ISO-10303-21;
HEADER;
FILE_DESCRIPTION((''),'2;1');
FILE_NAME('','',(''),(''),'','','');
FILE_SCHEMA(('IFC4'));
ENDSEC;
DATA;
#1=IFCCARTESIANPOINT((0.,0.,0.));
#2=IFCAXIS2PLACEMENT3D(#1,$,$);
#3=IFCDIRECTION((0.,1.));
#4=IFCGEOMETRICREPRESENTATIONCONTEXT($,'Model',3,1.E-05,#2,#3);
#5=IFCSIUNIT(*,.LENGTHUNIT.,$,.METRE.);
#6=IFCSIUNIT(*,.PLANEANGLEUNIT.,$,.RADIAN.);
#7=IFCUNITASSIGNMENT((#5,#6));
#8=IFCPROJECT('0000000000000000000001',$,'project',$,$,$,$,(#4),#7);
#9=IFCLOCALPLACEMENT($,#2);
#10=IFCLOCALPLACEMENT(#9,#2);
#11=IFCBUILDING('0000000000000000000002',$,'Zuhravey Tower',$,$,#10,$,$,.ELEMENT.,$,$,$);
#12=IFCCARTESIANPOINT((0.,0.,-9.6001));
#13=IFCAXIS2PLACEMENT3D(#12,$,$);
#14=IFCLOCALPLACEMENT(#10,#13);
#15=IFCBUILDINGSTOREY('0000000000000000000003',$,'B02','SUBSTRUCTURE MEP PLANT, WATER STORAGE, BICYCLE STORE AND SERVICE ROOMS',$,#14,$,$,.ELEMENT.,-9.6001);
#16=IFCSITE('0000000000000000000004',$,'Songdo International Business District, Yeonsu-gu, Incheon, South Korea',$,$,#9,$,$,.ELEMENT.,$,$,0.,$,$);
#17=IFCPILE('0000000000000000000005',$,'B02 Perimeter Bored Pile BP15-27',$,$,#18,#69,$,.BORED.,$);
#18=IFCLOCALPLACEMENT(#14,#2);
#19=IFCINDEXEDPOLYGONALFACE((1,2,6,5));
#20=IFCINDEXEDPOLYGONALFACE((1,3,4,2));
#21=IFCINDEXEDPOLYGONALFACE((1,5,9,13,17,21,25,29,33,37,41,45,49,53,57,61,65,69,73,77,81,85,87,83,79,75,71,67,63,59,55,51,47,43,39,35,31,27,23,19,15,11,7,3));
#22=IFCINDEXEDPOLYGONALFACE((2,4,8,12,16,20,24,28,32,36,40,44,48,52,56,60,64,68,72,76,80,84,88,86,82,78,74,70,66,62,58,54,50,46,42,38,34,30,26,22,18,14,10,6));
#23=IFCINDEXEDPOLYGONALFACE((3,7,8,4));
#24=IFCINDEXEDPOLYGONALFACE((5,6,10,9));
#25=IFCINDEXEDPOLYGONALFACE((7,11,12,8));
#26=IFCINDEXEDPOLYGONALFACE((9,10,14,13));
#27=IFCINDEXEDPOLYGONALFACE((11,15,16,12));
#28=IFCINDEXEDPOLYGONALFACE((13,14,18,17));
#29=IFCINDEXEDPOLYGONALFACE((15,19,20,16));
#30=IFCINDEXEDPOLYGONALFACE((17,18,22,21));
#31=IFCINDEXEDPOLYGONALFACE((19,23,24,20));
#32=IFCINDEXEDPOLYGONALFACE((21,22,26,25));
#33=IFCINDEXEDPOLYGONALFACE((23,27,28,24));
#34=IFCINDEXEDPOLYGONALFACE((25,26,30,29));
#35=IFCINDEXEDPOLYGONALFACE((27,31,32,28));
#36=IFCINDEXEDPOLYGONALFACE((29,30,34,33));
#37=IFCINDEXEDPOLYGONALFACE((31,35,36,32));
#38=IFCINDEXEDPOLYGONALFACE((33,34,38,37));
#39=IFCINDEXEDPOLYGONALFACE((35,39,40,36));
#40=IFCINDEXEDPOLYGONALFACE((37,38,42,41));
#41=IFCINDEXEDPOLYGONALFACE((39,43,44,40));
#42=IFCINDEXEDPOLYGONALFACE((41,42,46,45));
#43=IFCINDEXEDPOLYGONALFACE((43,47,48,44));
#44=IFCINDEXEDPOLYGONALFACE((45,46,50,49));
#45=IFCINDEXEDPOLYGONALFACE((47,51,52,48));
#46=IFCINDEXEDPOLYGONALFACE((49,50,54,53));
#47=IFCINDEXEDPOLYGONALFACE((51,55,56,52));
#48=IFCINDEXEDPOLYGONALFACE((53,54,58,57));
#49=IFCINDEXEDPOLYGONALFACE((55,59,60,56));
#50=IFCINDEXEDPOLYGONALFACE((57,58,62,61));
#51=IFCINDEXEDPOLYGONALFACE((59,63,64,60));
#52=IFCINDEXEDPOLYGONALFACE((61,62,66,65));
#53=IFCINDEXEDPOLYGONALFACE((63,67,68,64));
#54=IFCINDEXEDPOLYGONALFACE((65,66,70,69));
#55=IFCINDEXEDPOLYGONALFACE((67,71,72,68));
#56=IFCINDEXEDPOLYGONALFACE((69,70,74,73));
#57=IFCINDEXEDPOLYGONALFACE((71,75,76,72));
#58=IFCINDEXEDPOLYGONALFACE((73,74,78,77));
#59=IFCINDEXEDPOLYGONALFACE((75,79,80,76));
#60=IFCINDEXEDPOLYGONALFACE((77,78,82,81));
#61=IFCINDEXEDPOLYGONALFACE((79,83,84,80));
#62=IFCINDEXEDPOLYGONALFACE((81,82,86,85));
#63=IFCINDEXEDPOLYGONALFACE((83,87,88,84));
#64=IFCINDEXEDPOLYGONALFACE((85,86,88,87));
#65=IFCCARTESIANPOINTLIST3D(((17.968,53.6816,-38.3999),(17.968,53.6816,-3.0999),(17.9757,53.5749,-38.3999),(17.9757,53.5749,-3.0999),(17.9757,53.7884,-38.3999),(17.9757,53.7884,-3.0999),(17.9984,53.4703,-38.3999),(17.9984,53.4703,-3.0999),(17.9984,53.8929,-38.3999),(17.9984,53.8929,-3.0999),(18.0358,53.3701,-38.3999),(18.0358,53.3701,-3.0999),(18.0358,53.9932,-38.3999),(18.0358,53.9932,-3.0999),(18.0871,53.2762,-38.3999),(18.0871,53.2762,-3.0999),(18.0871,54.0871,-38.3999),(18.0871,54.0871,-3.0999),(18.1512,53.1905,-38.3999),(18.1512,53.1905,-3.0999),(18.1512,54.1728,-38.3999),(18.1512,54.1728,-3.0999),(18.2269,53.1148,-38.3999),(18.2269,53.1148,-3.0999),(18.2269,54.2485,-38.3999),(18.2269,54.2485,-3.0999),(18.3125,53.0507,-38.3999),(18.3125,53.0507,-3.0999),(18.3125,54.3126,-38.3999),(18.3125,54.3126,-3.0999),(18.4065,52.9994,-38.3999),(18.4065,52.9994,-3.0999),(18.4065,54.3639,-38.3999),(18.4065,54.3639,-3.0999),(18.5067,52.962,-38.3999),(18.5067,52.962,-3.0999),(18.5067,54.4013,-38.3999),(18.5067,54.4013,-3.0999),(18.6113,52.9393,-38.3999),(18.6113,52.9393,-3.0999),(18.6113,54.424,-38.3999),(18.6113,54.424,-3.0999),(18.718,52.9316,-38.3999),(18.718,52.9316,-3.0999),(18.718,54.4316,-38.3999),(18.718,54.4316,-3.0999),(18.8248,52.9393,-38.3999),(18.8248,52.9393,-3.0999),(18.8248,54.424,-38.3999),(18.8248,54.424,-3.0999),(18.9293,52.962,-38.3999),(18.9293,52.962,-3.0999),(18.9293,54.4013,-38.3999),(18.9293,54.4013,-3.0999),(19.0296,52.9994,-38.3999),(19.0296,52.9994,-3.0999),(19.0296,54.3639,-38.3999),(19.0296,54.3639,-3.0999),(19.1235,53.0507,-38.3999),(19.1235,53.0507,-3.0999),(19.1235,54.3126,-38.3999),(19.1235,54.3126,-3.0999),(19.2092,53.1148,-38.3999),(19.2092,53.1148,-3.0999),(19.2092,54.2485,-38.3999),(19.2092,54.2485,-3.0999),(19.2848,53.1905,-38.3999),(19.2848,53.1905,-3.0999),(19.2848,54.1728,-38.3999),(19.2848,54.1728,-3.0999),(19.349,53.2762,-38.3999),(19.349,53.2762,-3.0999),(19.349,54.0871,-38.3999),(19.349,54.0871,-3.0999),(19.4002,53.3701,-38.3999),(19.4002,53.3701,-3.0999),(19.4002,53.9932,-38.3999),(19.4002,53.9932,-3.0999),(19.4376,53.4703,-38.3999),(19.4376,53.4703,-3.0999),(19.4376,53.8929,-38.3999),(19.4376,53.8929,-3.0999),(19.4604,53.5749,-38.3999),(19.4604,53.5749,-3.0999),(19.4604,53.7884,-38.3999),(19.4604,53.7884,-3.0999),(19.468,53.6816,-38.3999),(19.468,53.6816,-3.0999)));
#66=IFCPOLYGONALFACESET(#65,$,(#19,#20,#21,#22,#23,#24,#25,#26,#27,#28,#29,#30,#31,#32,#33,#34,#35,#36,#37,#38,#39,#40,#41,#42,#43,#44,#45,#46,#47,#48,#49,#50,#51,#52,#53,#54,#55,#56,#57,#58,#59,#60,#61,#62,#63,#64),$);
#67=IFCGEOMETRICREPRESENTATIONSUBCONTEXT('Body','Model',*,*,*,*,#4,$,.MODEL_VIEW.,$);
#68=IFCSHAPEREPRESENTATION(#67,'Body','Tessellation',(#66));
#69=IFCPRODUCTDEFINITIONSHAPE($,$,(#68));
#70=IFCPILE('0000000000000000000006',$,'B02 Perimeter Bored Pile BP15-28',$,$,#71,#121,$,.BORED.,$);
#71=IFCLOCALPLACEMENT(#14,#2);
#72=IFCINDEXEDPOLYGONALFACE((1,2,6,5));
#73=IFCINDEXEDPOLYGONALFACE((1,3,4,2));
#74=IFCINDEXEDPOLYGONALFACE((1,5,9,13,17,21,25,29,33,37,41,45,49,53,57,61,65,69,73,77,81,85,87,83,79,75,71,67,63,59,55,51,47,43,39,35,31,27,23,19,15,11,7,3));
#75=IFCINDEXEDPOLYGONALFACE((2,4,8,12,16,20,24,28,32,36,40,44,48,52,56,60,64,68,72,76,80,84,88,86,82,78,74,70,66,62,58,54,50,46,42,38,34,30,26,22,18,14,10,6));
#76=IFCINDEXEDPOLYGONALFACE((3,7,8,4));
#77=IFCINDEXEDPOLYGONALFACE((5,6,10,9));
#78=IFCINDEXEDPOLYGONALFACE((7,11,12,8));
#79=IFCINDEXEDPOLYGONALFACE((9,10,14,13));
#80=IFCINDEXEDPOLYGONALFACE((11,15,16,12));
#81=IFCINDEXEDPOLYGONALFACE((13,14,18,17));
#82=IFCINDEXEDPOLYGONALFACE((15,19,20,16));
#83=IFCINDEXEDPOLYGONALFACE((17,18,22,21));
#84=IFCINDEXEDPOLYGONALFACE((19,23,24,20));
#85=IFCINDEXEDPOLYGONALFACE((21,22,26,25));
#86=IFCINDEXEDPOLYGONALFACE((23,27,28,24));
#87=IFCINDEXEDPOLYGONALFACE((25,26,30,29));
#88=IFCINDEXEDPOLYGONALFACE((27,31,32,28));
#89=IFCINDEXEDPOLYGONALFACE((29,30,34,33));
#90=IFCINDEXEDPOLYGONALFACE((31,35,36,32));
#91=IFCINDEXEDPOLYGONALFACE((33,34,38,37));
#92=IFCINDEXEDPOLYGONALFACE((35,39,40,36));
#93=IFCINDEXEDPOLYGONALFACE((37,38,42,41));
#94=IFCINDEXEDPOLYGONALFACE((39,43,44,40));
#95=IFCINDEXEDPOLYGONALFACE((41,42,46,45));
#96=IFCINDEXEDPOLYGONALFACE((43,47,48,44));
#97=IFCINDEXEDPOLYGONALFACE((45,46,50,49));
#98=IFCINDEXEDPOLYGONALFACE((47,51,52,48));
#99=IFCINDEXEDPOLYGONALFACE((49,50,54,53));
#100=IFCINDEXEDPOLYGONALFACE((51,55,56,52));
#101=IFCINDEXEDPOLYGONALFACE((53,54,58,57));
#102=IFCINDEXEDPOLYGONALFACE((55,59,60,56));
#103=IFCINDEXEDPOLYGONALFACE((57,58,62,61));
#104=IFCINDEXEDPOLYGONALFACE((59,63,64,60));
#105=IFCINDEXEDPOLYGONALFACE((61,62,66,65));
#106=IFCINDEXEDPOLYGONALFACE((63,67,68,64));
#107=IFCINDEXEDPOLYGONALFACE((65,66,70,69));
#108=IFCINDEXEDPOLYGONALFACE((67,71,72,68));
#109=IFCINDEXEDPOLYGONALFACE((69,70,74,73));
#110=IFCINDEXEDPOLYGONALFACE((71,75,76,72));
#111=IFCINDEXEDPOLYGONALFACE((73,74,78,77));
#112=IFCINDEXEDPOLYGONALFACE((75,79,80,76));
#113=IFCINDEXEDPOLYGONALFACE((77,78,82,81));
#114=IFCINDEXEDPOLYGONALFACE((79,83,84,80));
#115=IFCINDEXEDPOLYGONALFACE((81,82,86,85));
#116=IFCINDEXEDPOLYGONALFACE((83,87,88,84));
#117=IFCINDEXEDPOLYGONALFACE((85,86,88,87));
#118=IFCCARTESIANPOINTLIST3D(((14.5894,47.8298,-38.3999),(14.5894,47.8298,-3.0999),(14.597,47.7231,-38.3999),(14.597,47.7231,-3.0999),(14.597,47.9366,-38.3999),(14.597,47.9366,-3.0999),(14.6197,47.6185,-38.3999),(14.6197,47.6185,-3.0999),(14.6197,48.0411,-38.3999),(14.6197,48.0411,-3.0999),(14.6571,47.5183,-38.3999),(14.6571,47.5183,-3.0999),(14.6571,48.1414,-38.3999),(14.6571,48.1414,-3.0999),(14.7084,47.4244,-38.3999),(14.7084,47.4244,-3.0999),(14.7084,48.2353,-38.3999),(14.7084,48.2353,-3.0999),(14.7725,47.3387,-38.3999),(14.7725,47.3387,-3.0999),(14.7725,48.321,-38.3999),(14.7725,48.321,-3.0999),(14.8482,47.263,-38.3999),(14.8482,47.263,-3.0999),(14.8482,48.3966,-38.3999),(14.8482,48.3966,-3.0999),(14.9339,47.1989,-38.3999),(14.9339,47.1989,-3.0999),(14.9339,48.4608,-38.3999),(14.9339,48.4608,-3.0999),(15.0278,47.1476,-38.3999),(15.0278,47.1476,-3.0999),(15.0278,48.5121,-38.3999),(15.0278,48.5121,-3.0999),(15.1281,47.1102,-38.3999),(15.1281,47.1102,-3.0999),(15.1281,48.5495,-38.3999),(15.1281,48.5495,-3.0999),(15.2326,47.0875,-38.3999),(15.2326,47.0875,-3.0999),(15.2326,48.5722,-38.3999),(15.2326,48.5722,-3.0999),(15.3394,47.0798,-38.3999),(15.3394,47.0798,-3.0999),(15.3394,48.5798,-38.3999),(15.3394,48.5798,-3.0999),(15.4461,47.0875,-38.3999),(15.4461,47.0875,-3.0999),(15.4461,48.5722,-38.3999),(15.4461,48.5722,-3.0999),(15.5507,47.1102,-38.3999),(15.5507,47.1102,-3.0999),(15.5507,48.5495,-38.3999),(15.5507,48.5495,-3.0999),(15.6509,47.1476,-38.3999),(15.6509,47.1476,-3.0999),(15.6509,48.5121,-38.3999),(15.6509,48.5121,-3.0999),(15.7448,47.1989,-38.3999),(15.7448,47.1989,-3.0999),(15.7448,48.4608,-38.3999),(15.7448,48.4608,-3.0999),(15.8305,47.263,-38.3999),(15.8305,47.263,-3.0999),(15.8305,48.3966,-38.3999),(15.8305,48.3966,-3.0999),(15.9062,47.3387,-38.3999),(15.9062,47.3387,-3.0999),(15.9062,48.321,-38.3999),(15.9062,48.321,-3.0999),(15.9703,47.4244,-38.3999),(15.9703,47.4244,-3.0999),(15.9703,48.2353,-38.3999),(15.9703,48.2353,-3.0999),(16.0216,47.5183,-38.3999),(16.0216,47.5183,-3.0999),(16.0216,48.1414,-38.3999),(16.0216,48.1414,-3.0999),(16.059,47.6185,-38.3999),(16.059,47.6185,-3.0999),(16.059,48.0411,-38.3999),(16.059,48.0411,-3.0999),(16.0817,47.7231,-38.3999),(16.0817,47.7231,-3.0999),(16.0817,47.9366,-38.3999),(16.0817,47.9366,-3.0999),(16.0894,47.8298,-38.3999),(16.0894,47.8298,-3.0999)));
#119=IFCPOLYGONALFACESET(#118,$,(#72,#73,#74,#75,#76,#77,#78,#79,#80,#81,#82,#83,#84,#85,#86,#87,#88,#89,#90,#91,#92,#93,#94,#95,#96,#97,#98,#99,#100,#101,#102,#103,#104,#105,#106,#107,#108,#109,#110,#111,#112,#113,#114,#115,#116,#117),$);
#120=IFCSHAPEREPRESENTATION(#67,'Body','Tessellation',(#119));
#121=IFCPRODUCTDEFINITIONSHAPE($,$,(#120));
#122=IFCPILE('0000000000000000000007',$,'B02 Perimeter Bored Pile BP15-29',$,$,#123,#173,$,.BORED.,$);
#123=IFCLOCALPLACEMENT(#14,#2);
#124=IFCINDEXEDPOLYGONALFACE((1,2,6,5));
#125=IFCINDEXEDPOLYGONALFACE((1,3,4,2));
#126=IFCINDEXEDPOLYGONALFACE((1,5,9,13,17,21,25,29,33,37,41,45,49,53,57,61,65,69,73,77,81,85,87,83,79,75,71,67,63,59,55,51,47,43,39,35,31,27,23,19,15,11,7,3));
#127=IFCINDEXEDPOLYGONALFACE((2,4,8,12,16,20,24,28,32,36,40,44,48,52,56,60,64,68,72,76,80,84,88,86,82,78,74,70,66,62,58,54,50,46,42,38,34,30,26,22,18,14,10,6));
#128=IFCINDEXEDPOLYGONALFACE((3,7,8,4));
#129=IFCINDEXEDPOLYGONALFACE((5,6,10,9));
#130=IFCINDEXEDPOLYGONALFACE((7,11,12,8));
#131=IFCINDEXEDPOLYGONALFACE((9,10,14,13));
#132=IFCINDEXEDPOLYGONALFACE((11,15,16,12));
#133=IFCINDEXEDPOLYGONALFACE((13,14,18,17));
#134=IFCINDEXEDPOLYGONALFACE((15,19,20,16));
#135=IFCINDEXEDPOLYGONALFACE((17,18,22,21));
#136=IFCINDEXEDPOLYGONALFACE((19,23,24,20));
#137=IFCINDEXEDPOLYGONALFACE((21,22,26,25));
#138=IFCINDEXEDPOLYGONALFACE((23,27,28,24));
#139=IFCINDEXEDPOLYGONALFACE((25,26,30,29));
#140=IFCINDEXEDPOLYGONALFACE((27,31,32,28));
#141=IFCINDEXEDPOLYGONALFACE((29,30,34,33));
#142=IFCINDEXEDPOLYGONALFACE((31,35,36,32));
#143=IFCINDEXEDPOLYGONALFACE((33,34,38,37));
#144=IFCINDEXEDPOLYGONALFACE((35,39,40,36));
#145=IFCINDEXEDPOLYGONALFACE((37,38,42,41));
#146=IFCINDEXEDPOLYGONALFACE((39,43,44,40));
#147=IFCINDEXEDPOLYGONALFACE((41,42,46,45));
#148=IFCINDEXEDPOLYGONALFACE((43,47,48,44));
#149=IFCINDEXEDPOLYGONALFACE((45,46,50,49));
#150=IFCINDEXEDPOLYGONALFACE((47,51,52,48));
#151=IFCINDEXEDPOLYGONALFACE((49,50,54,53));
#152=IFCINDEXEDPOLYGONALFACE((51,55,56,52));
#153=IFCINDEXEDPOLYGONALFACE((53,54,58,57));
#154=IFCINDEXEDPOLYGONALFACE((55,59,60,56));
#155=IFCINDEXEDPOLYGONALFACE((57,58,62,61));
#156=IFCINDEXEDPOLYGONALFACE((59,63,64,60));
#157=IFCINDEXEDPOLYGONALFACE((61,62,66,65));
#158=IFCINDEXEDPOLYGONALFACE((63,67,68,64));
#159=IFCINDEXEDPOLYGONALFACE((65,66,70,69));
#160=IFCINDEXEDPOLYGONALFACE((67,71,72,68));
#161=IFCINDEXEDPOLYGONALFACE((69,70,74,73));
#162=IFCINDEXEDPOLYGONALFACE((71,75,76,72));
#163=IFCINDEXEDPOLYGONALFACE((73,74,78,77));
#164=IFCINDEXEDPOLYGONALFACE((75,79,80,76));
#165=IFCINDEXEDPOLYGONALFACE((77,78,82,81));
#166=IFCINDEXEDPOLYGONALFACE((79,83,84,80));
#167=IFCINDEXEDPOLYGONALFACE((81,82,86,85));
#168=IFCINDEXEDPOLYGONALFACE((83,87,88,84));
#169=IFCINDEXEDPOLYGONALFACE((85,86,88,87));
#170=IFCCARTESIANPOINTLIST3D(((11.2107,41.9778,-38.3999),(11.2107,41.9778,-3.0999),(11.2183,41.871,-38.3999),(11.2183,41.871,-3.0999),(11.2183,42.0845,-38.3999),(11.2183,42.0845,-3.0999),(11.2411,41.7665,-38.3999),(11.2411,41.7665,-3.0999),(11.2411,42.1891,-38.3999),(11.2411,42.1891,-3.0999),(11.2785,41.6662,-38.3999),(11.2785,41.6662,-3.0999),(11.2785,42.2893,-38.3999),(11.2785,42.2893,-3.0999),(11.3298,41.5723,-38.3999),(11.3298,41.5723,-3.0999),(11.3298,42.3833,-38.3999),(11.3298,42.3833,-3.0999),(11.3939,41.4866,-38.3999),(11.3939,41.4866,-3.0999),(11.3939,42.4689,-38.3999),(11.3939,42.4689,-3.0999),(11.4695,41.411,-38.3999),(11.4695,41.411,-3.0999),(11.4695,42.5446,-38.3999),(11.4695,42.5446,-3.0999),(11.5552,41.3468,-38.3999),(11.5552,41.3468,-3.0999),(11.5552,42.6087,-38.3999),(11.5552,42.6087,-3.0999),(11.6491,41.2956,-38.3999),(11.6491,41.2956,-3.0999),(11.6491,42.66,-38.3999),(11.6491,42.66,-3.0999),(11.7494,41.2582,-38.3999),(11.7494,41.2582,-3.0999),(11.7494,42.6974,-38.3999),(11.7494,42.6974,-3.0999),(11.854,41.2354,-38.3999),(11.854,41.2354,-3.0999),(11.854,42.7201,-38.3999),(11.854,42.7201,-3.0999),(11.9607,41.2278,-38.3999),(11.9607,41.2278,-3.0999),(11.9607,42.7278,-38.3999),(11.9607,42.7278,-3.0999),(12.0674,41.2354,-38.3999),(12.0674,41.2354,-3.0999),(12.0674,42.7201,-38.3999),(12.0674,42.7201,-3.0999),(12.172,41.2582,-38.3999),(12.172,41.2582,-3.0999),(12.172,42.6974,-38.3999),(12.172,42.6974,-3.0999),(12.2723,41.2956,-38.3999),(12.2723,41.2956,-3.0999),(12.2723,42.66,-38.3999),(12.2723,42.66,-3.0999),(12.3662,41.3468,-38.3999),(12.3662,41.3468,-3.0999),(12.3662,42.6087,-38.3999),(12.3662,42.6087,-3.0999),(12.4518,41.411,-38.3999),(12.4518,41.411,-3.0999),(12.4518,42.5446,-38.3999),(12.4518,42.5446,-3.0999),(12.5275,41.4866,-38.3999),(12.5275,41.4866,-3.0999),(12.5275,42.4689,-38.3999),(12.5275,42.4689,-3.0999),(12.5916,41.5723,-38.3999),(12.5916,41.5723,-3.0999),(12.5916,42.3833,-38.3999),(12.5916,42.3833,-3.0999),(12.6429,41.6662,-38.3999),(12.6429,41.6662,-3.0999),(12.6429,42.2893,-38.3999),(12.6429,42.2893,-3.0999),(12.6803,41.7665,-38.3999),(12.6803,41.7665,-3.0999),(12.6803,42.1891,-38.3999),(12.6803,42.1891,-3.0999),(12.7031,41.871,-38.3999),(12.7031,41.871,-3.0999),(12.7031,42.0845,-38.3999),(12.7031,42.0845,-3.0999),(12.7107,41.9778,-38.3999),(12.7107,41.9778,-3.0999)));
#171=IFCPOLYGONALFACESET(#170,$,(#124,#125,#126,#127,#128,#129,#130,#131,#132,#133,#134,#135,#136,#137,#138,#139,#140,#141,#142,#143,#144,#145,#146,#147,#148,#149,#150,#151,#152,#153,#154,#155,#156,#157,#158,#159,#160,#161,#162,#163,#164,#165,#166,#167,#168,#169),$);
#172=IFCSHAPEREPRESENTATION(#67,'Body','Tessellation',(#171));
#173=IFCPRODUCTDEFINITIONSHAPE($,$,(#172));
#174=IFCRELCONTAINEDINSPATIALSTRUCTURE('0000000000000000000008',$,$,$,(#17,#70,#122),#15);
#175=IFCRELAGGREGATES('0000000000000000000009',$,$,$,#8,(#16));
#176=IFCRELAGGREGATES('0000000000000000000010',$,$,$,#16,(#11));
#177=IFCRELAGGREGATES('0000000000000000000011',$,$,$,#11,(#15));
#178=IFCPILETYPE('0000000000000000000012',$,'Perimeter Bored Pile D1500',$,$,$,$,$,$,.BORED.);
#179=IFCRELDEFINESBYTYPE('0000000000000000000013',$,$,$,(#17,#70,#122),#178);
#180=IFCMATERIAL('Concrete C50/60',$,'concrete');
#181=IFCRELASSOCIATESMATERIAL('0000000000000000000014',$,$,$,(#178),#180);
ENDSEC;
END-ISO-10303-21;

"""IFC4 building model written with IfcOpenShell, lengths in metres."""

from ifc_helpers import new_model, si_unit, direction, frame, origin, origin_2d, place, context, subcontext, project, spatial, circle, extrude, material, material_profile, profile_set, type_object, element, save


model = new_model("IFC4")

# Units and contexts
model_context = context("Model", 3, precision=1e-05, world=origin(), true_north=direction((0.0, 1.0)))
body_context = subcontext(model_context, "Body", "Model", "MODEL_VIEW")
ifc_project = project(units=[si_unit("LENGTHUNIT", "METRE"), si_unit("PLANEANGLEUNIT", "RADIAN")], contexts=[model_context])

# Site, building, storey
site_placement = place(None, origin())
site = spatial("IfcSite", under=ifc_project, at=site_placement, Name="Songdo International Business District, Yeonsu-gu, Incheon, South Korea", CompositionType="ELEMENT", RefElevation=0.0)
building_placement = place(site_placement, origin())
building = spatial("IfcBuilding", under=site, at=building_placement, Name="Zuhravey Tower", CompositionType="ELEMENT")
storey_placement = place(building_placement, frame((0.0, 0.0, -9.6001)))
storey = spatial("IfcBuildingStorey", under=building, at=storey_placement, Name="B02", Description="SUBSTRUCTURE MEP PLANT, WATER STORAGE, BICYCLE STORE AND SERVICE ROOMS", CompositionType="ELEMENT", Elevation=-9.6001)

# Piles
ifc_material_1 = material(Name="Concrete C50/60", Category="concrete")
ifc_material_profile_1 = material_profile(ifc_material_1, circle(Radius=0.75, at=origin_2d()), Name="PILE-D1500")
ifc_profile_set_1 = profile_set([ifc_material_profile_1], Name="Concrete C50/60")
pile_type_1 = type_object("IfcPileType", Name="Perimeter Bored Pile D1500", PredefinedType="BORED", material=ifc_profile_set_1)
for number, where, z_axis, x_axis, name in (
    (1, (18.718, 53.6816, -3.0999), (0.0, 0.0, -1.0), (1.0, 0.0, 0.0), "B02 Perimeter Bored Pile BP15-27"),
    (2, (15.3394, 47.8298, -3.0999), (0.0, 0.0, -1.0), (1.0, 0.0, 0.0), "B02 Perimeter Bored Pile BP15-28"),
    (3, (11.9607, 41.9778, -3.0999), (0.0, 0.0, -1.0), (1.0, 0.0, 0.0), "B02 Perimeter Bored Pile BP15-29"),
):
    element("IfcPile", number, at=place(storey_placement, frame(where, z_axis=z_axis, x_axis=x_axis)), inside=storey, type_object=pile_type_1, Name=name, PredefinedType="BORED", context=body_context, shape_type="SweptSolid", body=[
        extrude(circle(Radius=0.75, at=origin_2d()), origin(), (0.0, 0.0, 1.0), 35.3),
    ])

save(model, "model.ifc")
